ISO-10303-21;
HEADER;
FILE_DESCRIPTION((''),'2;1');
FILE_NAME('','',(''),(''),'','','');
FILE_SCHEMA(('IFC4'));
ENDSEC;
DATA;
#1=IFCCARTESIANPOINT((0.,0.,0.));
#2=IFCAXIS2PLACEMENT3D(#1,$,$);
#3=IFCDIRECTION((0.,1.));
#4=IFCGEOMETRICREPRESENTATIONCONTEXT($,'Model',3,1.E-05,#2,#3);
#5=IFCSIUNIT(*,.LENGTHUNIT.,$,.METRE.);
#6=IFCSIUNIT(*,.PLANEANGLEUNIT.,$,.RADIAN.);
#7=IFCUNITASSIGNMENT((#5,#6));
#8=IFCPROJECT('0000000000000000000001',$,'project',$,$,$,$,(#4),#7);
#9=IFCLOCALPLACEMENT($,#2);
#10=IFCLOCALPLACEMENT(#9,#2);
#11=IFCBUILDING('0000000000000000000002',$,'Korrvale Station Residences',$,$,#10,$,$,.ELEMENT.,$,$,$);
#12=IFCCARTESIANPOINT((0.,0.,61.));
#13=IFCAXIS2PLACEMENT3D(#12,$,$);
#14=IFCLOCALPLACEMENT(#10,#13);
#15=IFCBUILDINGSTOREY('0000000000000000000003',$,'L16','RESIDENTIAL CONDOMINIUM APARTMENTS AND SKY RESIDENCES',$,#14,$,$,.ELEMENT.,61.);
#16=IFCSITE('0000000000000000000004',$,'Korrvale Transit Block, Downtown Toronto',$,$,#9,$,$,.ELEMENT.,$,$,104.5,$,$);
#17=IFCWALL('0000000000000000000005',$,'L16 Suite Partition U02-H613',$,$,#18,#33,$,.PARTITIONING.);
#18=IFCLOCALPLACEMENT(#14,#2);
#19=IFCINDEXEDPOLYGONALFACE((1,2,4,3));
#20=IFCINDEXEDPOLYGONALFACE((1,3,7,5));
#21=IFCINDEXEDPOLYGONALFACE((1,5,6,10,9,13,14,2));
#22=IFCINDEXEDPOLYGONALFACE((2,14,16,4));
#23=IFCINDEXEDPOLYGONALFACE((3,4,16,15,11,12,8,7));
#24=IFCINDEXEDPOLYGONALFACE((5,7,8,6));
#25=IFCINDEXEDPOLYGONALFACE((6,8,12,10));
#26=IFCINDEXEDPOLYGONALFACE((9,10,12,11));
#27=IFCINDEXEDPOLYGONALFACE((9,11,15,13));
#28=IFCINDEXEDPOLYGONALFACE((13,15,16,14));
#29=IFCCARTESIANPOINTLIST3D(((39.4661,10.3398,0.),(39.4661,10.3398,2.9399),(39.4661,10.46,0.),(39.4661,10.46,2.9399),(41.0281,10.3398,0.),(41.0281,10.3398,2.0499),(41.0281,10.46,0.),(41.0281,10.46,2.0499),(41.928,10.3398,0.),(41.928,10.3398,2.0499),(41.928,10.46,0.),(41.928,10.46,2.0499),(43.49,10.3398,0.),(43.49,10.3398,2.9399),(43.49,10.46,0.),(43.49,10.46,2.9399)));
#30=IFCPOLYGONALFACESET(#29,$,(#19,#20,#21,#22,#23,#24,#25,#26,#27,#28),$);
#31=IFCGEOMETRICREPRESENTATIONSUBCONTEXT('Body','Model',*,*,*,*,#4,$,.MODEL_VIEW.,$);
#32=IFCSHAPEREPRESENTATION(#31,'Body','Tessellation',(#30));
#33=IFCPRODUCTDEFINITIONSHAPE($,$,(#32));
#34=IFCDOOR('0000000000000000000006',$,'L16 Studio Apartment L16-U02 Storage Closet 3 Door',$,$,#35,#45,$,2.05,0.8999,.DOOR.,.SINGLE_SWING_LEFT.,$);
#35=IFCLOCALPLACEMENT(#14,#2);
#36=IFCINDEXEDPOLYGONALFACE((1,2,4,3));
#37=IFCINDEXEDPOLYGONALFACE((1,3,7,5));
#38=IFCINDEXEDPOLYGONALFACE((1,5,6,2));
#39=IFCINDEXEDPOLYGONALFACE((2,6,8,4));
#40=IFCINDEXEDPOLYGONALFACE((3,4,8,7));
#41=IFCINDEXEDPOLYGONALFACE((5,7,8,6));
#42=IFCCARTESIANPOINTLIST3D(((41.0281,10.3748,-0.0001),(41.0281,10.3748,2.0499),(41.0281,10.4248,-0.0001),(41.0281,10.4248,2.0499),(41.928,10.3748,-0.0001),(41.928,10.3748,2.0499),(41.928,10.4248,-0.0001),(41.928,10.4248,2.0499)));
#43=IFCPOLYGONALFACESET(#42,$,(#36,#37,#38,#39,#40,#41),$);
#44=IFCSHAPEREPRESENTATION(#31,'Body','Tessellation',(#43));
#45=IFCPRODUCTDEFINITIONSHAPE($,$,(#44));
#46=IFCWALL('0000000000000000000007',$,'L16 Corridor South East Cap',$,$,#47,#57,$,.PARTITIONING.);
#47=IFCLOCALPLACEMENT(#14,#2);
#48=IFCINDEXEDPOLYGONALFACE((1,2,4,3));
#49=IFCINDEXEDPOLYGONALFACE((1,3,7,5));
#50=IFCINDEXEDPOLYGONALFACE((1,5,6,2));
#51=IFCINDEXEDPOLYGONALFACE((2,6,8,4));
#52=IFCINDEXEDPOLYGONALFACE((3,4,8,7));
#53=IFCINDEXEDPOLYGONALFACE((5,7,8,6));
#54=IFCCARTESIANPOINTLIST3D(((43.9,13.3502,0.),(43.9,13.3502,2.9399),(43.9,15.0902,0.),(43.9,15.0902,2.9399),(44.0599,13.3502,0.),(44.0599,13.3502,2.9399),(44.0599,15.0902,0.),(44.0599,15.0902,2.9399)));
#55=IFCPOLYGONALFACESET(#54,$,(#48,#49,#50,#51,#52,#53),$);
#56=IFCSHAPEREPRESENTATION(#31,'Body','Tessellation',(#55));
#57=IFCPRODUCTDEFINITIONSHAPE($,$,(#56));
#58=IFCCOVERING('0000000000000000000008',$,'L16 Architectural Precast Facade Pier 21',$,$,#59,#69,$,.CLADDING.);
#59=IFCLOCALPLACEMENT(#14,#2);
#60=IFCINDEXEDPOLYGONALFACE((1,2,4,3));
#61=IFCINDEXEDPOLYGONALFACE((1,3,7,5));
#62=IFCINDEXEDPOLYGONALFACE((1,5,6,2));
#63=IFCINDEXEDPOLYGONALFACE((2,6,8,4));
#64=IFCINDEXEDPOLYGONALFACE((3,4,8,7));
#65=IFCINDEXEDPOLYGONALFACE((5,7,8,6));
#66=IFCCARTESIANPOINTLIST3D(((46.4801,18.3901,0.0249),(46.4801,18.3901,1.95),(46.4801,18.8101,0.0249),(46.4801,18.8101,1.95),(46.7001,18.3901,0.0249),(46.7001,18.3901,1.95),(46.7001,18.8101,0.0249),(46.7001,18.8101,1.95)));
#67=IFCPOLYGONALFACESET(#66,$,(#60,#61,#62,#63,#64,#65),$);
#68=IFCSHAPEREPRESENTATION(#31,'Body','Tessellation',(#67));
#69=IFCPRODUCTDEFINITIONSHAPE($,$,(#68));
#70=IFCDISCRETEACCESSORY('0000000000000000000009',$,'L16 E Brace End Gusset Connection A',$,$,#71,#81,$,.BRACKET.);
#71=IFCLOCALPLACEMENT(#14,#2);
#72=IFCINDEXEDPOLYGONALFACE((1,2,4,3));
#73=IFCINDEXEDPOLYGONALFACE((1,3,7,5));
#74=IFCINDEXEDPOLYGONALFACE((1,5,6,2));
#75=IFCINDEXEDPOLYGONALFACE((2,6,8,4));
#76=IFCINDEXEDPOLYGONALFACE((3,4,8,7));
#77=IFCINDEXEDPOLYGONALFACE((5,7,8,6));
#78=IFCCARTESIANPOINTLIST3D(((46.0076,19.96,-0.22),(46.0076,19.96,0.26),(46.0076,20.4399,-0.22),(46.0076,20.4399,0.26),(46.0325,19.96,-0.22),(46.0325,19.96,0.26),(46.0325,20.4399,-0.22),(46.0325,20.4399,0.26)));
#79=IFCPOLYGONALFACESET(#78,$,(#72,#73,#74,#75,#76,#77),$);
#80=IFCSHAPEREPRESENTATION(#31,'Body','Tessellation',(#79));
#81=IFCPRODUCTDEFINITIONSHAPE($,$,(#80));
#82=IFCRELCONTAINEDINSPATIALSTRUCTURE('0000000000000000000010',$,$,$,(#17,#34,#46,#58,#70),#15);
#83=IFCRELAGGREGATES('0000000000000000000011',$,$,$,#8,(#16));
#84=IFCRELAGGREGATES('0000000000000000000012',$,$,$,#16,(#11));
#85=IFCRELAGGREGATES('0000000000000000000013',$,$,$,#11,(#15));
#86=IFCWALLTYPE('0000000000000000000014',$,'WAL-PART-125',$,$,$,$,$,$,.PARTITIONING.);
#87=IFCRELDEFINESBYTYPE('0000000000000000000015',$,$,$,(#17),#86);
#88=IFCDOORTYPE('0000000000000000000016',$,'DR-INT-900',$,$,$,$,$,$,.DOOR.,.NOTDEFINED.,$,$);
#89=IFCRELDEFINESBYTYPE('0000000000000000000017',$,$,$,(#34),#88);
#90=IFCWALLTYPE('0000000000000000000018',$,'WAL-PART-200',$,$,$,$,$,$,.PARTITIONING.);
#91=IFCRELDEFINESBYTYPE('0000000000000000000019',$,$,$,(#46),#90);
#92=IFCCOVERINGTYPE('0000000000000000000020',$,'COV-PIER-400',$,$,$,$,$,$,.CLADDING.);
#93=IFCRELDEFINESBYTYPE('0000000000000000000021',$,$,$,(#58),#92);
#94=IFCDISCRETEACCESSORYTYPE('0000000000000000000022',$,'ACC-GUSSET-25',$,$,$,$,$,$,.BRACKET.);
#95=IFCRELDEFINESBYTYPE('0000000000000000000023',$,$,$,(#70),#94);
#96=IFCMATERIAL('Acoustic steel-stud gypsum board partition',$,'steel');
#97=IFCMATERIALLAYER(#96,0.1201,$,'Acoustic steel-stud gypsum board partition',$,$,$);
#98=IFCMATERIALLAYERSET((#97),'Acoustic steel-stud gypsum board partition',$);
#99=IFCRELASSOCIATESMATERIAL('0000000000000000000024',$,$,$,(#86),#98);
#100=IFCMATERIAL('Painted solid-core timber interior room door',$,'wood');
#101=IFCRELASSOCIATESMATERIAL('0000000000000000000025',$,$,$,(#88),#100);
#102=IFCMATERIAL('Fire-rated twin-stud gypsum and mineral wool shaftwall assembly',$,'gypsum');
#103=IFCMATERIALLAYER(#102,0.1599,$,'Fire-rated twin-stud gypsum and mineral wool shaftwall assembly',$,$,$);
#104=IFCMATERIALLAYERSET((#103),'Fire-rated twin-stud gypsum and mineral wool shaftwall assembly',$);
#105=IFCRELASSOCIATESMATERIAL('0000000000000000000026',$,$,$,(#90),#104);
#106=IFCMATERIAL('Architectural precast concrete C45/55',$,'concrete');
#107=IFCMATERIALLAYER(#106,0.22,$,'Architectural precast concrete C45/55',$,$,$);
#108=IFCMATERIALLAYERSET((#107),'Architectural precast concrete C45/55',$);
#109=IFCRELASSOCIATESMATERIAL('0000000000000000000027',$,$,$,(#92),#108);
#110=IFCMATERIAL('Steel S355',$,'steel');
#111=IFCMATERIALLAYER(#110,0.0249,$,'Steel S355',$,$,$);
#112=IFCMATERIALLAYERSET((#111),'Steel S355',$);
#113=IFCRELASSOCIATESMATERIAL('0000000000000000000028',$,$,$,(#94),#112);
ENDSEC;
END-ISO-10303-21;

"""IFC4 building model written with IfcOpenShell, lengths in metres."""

from ifc_helpers import new_model, si_unit, direction, frame, frame_2d, origin, origin_2d, place, context, subcontext, project, spatial, rectangle, extrude, material, layer, layer_set, type_object, element, fill, save


model = new_model("IFC4")

# Units and contexts
model_context = context("Model", 3, precision=1e-05, world=origin(), true_north=direction((0.0, 1.0)))
body_context = subcontext(model_context, "Body", "Model", "MODEL_VIEW")
ifc_project = project(units=[si_unit("LENGTHUNIT", "METRE"), si_unit("PLANEANGLEUNIT", "RADIAN")], contexts=[model_context])

# Site, building, storey
site_placement = place(None, origin())
site = spatial("IfcSite", under=ifc_project, at=site_placement, Name="Korrvale Transit Block, Downtown Toronto", CompositionType="ELEMENT", RefElevation=104.5)
building_placement = place(site_placement, origin())
building = spatial("IfcBuilding", under=site, at=building_placement, Name="Korrvale Station Residences", CompositionType="ELEMENT")
storey_placement = place(building_placement, frame((0.0, 0.0, 61.0)))
storey = spatial("IfcBuildingStorey", under=building, at=storey_placement, Name="L16", Description="RESIDENTIAL CONDOMINIUM APARTMENTS AND SKY RESIDENCES", CompositionType="ELEMENT", Elevation=61.0)

# Shared definitions
ifc_material_1 = material(Name="Steel S355", Category="steel")

# Wall, opening, door
ifc_material_2 = material(Name="Acoustic steel-stud gypsum board partition", Category="steel")
ifc_layer_1 = layer(ifc_material_2, 0.1201, Name="Acoustic steel-stud gypsum board partition")
ifc_layer_set_1 = layer_set([ifc_layer_1], Name="Acoustic steel-stud gypsum board partition")
wall_type_1 = type_object("IfcWallType", Name="WAL-PART-125", PredefinedType="PARTITIONING", material=ifc_layer_set_1)
ifc_material_3 = material(Name="Painted solid-core timber interior room door", Category="wood")
door_type = type_object("IfcDoorType", Name="DR-INT-900", OperationType="NOTDEFINED", PredefinedType="DOOR", material=ifc_material_3)
wall_1_placement = place(storey_placement, frame((39.4661, 10.3999, 0.0), z_axis=(0.0, 0.0, 1.0), x_axis=(1.0, 0.0, 0.0)))
wall_1 = element("IfcWall", 1, at=wall_1_placement, inside=storey, type_object=wall_type_1, Name="L16 Suite Partition U02-H613", PredefinedType="PARTITIONING", context=body_context, shape_type="SweptSolid", body=[
    extrude(rectangle(XDim=4.0239, YDim=0.1201, at=frame_2d((2.012, 0.0))), origin(), (0.0, 0.0, 1.0), 2.9399),
])
opening_1_placement = place(wall_1_placement, frame((1.562, 0.0, 0.0)))
opening_1 = element("IfcOpeningElement", 2, at=opening_1_placement, cuts=wall_1, PredefinedType="OPENING", context=body_context, shape_type="SweptSolid", body=[
    extrude(rectangle(XDim=0.8999, YDim=2.05, at=frame_2d((0.45, 1.0249))), frame((0.0, 0.0701, 0.0), z_axis=(0.0, -1.0, 0.0), x_axis=(1.0, 0.0, 0.0)), (0.0, 0.0, 1.0), 0.1401),
])
door_1_placement = place(opening_1_placement, origin())
door_1 = element("IfcDoor", 3, at=door_1_placement, inside=storey, type_object=door_type, Name="L16 Studio Apartment L16-U02 Storage Closet 3 Door", OperationType="SINGLE_SWING_LEFT", OverallHeight=2.05, OverallWidth=0.8999, PredefinedType="DOOR", context=body_context, shape_type="SweptSolid", body=[
    extrude(rectangle(XDim=0.8999, YDim=2.05, at=frame_2d((0.45, 1.0249))), frame((0.0, 0.0249, 0.0), z_axis=(0.0, -1.0, 0.0), x_axis=(1.0, 0.0, 0.0)), (0.0, 0.0, 1.0), 0.05),
])
fill(opening_1, door_1)

# Wall
ifc_material_4 = material(Name="Fire-rated twin-stud gypsum and mineral wool shaftwall assembly", Category="gypsum")
ifc_layer_2 = layer(ifc_material_4, 0.1599, Name="Fire-rated twin-stud gypsum and mineral wool shaftwall assembly")
ifc_layer_set_2 = layer_set([ifc_layer_2], Name="Fire-rated twin-stud gypsum and mineral wool shaftwall assembly")
wall_type_2 = type_object("IfcWallType", Name="WAL-PART-200", PredefinedType="PARTITIONING", material=ifc_layer_set_2)
wall_2_placement = place(storey_placement, frame((43.98, 13.3501, 0.0), z_axis=(0.0, 0.0, 1.0), x_axis=(0.0, 1.0, 0.0)))
element("IfcWall", 4, at=wall_2_placement, inside=storey, type_object=wall_type_2, Name="L16 Corridor South East Cap", PredefinedType="PARTITIONING", context=body_context, shape_type="SweptSolid", body=[
    extrude(rectangle(XDim=1.74, YDim=0.1599, at=frame_2d((0.8701, 0.0))), origin(), (0.0, 0.0, 1.0), 2.9399),
])

# Covering
ifc_material_5 = material(Name="Architectural precast concrete C45/55", Category="concrete")
ifc_layer_3 = layer(ifc_material_5, 0.22, Name="Architectural precast concrete C45/55")
ifc_layer_set_3 = layer_set([ifc_layer_3], Name="Architectural precast concrete C45/55")
covering_type = type_object("IfcCoveringType", Name="COV-PIER-400", PredefinedType="CLADDING", material=ifc_layer_set_3)
covering_placement = place(storey_placement, frame((46.5901, 18.6001, 0.0249), z_axis=(0.0, 0.0, 1.0), x_axis=(0.0, 1.0, 0.0)))
element("IfcCovering", 5, at=covering_placement, inside=storey, type_object=covering_type, Name="L16 Architectural Precast Facade Pier 21", PredefinedType="CLADDING", context=body_context, shape_type="SweptSolid", body=[
    extrude(rectangle(XDim=0.4199, YDim=0.22, at=origin_2d()), origin(), (0.0, 0.0, 1.0), 1.925),
])

# Discrete accessory
ifc_layer_4 = layer(ifc_material_1, 0.0249, Name="Steel S355")
ifc_layer_set_4 = layer_set([ifc_layer_4], Name="Steel S355")
discrete_accessory_type = type_object("IfcDiscreteAccessoryType", Name="ACC-GUSSET-25", PredefinedType="BRACKET", material=ifc_layer_set_4)
discrete_accessory_placement = place(storey_placement, frame((46.02, 20.2, -0.22), z_axis=(0.0, 0.0, 1.0), x_axis=(0.0, 1.0, 0.0)))
element("IfcDiscreteAccessory", 6, at=discrete_accessory_placement, inside=storey, type_object=discrete_accessory_type, Name="L16 E Brace End Gusset Connection A", PredefinedType="BRACKET", context=body_context, shape_type="SweptSolid", body=[
    extrude(rectangle(XDim=0.48, YDim=0.0249, at=origin_2d()), origin(), (0.0, 0.0, 1.0), 0.48),
])

save(model, "model.ifc")
